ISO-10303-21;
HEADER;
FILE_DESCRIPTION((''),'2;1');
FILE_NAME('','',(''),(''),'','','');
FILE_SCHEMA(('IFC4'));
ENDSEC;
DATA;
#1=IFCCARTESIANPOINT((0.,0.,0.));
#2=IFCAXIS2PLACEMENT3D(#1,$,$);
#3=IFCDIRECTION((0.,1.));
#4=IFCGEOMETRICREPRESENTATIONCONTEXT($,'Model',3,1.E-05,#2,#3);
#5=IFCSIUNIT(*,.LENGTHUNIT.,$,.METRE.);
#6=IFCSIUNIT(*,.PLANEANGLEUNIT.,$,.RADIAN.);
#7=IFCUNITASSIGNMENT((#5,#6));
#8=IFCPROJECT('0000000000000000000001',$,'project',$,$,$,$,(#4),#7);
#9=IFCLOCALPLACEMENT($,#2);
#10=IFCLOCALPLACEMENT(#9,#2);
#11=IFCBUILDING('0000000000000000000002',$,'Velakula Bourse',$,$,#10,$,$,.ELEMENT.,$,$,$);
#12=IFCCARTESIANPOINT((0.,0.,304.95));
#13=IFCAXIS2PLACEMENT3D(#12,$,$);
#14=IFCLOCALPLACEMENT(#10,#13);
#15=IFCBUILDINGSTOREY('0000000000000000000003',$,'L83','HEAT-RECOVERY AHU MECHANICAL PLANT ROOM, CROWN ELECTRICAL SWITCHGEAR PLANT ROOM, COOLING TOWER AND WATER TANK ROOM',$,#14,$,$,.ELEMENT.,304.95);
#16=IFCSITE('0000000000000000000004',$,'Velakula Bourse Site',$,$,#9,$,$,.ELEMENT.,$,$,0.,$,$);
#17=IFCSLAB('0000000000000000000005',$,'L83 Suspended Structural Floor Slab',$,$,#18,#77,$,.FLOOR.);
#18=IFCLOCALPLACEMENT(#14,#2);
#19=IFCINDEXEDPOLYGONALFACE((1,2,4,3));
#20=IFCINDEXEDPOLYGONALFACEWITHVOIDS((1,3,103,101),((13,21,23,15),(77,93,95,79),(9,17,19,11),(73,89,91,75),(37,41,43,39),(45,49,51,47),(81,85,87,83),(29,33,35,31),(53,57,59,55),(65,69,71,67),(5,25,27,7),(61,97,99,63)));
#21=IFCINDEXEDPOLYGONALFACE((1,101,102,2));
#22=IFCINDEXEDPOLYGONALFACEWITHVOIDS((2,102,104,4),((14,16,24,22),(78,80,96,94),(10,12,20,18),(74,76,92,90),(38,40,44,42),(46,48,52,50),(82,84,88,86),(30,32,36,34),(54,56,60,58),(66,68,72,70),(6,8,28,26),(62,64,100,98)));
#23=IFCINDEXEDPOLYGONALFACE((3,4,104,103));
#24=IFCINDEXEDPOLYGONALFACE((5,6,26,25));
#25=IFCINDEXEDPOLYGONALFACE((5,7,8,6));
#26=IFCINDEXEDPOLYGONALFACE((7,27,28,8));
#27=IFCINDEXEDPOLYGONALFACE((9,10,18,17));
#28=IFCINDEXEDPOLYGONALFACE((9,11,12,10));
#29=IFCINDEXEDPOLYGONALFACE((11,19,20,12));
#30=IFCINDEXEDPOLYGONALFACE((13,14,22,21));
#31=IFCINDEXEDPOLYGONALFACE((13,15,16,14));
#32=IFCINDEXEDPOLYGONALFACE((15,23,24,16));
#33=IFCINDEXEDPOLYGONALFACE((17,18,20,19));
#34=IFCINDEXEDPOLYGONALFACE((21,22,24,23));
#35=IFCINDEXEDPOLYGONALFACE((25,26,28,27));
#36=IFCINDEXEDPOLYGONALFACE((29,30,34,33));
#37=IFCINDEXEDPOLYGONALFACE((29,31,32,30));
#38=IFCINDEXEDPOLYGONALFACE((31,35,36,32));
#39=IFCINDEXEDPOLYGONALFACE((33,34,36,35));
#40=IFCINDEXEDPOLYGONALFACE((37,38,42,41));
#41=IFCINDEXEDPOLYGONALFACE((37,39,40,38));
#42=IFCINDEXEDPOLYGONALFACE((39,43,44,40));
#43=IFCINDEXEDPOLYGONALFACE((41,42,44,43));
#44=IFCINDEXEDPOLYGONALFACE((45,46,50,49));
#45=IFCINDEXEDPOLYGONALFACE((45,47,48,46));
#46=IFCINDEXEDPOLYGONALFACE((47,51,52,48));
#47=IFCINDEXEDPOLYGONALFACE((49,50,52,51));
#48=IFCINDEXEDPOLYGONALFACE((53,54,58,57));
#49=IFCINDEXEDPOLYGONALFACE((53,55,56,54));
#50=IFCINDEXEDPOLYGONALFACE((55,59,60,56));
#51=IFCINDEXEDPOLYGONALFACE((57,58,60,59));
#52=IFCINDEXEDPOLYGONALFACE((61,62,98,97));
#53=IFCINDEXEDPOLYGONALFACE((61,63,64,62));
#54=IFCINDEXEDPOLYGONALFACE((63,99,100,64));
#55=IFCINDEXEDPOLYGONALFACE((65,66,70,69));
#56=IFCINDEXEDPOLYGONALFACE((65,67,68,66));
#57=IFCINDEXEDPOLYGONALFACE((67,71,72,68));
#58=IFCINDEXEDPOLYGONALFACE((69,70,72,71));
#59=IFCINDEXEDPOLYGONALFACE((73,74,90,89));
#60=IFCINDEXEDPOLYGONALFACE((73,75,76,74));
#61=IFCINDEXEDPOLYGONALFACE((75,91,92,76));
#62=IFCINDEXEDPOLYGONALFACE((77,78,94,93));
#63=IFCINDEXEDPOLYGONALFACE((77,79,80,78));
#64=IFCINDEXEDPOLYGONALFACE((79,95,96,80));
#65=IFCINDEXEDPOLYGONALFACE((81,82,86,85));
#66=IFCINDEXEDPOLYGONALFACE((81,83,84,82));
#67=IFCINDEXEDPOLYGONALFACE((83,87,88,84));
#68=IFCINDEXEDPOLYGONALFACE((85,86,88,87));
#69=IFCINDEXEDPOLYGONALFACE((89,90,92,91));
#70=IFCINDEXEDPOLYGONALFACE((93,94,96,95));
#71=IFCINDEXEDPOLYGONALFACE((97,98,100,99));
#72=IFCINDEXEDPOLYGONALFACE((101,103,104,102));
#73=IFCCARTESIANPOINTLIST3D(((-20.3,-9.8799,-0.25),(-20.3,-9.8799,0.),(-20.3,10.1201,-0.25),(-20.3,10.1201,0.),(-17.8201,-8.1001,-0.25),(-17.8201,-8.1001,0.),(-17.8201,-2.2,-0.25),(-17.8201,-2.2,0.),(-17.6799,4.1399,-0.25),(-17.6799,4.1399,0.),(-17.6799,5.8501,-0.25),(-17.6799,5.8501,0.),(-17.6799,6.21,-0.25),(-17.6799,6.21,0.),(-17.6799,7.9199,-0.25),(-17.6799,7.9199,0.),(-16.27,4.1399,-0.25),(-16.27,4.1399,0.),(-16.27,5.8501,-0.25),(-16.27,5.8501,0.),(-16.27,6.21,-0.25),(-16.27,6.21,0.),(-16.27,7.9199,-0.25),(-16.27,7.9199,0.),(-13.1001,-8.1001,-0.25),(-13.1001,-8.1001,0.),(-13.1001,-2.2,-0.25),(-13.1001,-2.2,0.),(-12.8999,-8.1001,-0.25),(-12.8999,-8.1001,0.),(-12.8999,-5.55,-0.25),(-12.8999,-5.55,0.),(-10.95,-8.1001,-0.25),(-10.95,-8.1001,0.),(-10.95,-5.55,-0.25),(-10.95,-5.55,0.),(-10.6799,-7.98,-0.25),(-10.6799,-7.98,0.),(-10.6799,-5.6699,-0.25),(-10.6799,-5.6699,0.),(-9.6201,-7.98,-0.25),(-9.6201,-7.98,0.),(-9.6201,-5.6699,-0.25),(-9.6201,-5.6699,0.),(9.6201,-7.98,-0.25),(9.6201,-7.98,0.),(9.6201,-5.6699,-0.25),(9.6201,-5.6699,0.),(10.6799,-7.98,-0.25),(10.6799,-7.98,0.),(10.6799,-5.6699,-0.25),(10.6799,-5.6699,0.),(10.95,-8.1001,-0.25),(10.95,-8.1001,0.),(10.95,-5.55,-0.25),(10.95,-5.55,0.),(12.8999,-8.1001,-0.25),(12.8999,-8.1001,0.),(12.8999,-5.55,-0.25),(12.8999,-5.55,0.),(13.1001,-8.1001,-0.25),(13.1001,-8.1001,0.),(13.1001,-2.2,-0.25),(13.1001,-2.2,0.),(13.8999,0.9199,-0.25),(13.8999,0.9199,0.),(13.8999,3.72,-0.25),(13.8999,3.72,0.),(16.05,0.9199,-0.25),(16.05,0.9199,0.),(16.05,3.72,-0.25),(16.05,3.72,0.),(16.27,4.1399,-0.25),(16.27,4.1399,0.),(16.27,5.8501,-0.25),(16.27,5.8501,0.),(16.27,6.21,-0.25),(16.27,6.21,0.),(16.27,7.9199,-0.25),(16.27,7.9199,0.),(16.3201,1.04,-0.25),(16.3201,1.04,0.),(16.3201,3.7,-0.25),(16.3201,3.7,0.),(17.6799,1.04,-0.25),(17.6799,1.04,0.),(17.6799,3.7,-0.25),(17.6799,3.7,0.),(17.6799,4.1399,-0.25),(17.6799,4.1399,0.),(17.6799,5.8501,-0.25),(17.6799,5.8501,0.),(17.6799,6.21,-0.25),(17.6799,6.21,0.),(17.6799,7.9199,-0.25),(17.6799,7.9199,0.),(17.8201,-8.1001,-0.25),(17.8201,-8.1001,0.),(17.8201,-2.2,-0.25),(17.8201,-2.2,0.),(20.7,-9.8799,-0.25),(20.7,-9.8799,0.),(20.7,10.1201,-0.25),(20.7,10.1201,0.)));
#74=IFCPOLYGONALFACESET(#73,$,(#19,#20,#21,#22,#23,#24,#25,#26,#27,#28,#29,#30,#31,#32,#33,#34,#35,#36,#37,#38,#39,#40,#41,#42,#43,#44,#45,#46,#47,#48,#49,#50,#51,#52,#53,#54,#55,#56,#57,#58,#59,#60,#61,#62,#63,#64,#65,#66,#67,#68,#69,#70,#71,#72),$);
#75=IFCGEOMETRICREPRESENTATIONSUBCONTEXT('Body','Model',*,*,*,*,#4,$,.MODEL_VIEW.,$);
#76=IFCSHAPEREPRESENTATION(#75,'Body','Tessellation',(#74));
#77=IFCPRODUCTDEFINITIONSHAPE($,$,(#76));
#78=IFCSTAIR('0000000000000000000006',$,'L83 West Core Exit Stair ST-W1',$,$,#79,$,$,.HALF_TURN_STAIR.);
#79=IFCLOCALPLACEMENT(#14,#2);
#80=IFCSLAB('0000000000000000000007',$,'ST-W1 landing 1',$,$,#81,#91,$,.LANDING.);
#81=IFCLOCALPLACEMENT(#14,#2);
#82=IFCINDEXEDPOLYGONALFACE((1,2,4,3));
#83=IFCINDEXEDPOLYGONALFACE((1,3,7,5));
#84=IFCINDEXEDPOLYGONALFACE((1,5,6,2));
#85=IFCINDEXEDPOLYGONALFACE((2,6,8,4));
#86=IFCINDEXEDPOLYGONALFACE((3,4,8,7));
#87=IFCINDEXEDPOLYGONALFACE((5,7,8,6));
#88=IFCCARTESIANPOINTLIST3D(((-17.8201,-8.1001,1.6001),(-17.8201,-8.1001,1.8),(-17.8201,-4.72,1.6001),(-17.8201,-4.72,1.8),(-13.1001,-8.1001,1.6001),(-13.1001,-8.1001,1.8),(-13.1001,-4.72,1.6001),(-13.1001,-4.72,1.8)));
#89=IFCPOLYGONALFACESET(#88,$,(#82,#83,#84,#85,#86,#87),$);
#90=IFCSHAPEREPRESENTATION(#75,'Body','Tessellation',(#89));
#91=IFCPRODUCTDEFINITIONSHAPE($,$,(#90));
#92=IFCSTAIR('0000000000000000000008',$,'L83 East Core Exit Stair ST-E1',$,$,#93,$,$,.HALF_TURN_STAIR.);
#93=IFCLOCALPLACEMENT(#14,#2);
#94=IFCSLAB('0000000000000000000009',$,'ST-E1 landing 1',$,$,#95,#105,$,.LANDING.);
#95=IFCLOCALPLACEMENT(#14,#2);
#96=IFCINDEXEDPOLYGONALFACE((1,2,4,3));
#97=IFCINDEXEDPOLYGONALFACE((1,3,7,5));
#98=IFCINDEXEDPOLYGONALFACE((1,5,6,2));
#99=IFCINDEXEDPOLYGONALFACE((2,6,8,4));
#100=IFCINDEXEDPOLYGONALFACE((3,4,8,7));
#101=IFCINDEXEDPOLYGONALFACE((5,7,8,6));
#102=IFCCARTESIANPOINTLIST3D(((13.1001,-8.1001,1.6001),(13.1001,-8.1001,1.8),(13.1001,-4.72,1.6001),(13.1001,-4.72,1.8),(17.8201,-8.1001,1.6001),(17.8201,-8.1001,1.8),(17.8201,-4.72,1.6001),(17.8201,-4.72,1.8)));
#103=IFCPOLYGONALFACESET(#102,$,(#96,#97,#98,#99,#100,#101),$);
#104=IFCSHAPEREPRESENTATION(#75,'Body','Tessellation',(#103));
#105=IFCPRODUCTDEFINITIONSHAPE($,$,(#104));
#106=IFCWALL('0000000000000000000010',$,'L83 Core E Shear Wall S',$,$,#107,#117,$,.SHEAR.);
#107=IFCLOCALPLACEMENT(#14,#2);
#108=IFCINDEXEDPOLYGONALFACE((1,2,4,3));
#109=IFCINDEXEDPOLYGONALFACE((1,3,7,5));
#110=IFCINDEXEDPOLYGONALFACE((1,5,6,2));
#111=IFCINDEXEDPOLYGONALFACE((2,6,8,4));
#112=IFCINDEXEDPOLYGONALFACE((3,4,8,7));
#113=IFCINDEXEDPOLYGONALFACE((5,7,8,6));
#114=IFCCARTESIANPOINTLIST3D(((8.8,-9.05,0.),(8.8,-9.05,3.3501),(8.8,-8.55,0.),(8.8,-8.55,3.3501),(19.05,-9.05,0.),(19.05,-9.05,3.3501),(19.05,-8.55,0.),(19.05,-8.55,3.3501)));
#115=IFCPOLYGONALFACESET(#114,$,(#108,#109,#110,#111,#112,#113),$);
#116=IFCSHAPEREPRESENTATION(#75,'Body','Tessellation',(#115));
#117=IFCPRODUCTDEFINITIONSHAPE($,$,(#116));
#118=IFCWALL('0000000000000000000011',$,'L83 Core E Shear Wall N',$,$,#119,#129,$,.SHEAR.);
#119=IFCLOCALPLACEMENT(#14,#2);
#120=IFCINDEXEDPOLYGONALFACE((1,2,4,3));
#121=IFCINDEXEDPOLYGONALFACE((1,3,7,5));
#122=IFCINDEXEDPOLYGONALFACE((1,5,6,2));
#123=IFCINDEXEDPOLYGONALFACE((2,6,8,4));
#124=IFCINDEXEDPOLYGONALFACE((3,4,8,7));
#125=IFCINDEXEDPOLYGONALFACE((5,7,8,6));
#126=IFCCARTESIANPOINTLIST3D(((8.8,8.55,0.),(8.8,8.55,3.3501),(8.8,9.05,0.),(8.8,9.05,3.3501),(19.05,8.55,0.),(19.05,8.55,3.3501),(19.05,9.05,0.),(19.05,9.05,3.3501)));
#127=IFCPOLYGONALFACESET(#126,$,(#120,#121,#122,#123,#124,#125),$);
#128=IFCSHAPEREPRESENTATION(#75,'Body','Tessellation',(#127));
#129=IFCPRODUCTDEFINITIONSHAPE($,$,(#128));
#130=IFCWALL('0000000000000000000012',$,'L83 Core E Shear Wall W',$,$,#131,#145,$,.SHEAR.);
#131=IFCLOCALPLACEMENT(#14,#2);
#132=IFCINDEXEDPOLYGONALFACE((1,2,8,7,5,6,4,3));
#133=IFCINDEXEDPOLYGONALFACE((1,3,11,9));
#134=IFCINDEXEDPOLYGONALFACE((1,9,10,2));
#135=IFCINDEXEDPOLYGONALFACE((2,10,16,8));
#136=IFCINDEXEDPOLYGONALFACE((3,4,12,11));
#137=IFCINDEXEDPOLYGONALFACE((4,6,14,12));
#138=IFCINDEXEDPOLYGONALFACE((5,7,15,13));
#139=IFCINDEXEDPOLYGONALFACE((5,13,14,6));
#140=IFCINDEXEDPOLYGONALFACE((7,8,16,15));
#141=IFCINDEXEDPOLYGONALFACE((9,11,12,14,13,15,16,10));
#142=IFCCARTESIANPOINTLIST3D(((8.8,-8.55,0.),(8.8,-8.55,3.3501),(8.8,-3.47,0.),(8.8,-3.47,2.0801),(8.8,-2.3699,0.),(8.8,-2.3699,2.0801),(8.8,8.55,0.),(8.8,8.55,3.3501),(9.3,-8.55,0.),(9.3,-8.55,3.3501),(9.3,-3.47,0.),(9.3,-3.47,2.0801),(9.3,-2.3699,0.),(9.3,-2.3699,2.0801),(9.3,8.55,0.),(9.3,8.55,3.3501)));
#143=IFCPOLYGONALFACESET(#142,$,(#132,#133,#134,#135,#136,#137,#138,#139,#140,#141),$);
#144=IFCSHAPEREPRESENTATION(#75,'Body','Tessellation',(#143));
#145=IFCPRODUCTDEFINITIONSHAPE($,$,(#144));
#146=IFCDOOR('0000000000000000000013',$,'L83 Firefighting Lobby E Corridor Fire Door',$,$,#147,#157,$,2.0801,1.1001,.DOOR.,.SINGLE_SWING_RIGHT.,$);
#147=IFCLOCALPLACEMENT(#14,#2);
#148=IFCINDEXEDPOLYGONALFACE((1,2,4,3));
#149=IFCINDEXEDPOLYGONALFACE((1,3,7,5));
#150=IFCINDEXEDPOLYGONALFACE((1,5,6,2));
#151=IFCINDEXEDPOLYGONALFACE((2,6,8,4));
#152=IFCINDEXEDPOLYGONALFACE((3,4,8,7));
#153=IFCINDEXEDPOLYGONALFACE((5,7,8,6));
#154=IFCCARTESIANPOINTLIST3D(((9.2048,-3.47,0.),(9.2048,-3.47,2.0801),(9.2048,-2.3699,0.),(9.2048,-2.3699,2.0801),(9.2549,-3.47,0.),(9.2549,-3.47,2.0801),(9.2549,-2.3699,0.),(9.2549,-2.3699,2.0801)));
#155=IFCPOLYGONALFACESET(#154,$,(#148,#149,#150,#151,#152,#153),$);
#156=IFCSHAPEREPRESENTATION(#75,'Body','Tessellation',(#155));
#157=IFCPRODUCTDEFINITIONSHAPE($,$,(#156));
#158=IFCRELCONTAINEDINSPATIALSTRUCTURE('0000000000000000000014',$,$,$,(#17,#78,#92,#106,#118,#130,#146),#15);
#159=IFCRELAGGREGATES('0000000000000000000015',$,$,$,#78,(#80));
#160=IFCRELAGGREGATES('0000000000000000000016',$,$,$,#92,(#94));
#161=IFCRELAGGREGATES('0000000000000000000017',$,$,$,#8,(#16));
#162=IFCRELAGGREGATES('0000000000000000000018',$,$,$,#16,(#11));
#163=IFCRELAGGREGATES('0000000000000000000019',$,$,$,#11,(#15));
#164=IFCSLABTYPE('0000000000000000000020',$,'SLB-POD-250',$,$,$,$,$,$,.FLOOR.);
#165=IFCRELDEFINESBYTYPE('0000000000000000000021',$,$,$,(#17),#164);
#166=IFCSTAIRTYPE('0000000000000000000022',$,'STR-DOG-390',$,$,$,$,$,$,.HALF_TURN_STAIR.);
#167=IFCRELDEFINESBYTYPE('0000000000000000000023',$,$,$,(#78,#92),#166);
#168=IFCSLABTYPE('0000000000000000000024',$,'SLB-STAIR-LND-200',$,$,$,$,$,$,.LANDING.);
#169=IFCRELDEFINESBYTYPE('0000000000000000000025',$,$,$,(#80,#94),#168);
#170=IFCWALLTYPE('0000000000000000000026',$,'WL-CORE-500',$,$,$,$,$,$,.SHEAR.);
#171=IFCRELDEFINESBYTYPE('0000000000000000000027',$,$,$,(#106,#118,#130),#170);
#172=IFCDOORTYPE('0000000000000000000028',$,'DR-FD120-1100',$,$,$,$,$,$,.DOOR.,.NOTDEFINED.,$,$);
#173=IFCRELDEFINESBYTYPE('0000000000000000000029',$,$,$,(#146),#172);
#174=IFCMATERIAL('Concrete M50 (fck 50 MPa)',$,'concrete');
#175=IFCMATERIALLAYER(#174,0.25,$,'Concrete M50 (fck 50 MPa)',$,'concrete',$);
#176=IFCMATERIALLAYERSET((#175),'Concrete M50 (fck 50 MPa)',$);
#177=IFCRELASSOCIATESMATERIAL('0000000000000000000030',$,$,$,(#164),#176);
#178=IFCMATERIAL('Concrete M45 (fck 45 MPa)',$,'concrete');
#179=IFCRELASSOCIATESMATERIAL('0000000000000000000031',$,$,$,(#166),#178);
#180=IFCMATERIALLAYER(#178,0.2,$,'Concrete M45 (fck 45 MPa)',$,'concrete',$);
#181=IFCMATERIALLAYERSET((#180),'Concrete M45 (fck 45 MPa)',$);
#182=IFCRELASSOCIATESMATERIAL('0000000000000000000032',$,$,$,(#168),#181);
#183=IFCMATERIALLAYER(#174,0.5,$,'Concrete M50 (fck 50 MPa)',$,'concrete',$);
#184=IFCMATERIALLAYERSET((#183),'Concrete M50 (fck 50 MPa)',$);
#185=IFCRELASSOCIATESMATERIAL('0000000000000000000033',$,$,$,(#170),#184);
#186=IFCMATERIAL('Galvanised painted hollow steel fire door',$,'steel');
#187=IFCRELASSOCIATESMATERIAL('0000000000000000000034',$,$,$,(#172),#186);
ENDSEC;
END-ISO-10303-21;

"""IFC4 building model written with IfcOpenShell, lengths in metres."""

from ifc_helpers import new_model, si_unit, direction, frame, frame_2d, origin, place, context, subcontext, project, spatial, polyline, rectangle, outline, extrude, material, layer, layer_set, type_object, element, fill, aggregate, save


model = new_model("IFC4")

# Units and contexts
model_context = context("Model", 3, precision=1e-05, world=origin(), true_north=direction((0.0, 1.0)))
body_context = subcontext(model_context, "Body", "Model", "MODEL_VIEW")
ifc_project = project(units=[si_unit("LENGTHUNIT", "METRE"), si_unit("PLANEANGLEUNIT", "RADIAN")], contexts=[model_context])

# Site, building, storey
site_placement = place(None, origin())
site = spatial("IfcSite", under=ifc_project, at=site_placement, Name="Velakula Bourse Site", CompositionType="ELEMENT", RefElevation=0.0)
building_placement = place(site_placement, origin())
building = spatial("IfcBuilding", under=site, at=building_placement, Name="Velakula Bourse", CompositionType="ELEMENT")
storey_placement = place(building_placement, frame((0.0, 0.0, 304.95)))
storey = spatial("IfcBuildingStorey", under=building, at=storey_placement, Name="L83", Description="HEAT-RECOVERY AHU MECHANICAL PLANT ROOM, CROWN ELECTRICAL SWITCHGEAR PLANT ROOM, COOLING TOWER AND WATER TANK ROOM", CompositionType="ELEMENT", Elevation=304.95)

# Shared definitions
ifc_material_1 = material(Name="Concrete M50 (fck 50 MPa)", Category="concrete")

# Slab
ifc_layer_1 = layer(ifc_material_1, 0.25, Name="Concrete M50 (fck 50 MPa)", Category="concrete")
ifc_layer_set_1 = layer_set([ifc_layer_1], Name="Concrete M50 (fck 50 MPa)")
slab_type_1 = type_object("IfcSlabType", Name="SLB-POD-250", PredefinedType="FLOOR", material=ifc_layer_set_1)
slab_1_placement = place(storey_placement, frame((0.0, 0.0, -0.25)))
element("IfcSlab", 1, at=slab_1_placement, inside=storey, type_object=slab_type_1, Name="L83 Suspended Structural Floor Slab", PredefinedType="FLOOR", context=body_context, shape_type="SweptSolid", body=[
    extrude(outline(polyline([(-20.3, -9.8799), (20.7, -9.8799), (20.7, 10.1201), (-20.3, 10.1201), (-20.3, -9.8799)]), holes=[polyline([(-17.8201, -8.1001), (-13.1001, -8.1001), (-13.1001, -2.2), (-17.8201, -2.2), (-17.8201, -8.1001)]), polyline([(13.1001, -8.1001), (17.8201, -8.1001), (17.8201, -2.2), (13.1001, -2.2), (13.1001, -8.1001)]), polyline([(-12.8999, -8.1001), (-10.95, -8.1001), (-10.95, -5.55), (-12.8999, -5.55), (-12.8999, -8.1001)]), polyline([(10.95, -8.1001), (12.8999, -8.1001), (12.8999, -5.55), (10.95, -5.55), (10.95, -8.1001)]), polyline([(13.8999, 0.9199), (16.05, 0.9199), (16.05, 3.72), (13.8999, 3.72), (13.8999, 0.9199)]), polyline([(-10.6799, -7.98), (-9.6201, -7.98), (-9.6201, -5.6699), (-10.6799, -5.6699), (-10.6799, -7.98)]), polyline([(-17.6799, 4.1399), (-16.27, 4.1399), (-16.27, 5.8501), (-17.6799, 5.8501), (-17.6799, 4.1399)]), polyline([(-17.6799, 6.21), (-16.27, 6.21), (-16.27, 7.9199), (-17.6799, 7.9199), (-17.6799, 6.21)]), polyline([(9.6201, -7.98), (10.6799, -7.98), (10.6799, -5.6699), (9.6201, -5.6699), (9.6201, -7.98)]), polyline([(16.27, 4.1399), (17.6799, 4.1399), (17.6799, 5.8501), (16.27, 5.8501), (16.27, 4.1399)]), polyline([(16.27, 6.21), (17.6799, 6.21), (17.6799, 7.9199), (16.27, 7.9199), (16.27, 6.21)]), polyline([(16.3201, 1.04), (17.6799, 1.04), (17.6799, 3.7), (16.3201, 3.7), (16.3201, 1.04)])]), origin(), (0.0, 0.0, 1.0), 0.25),
])

# Stairs, slabs
ifc_material_2 = material(Name="Concrete M45 (fck 45 MPa)", Category="concrete")
stair_type = type_object("IfcStairType", Name="STR-DOG-390", PredefinedType="HALF_TURN_STAIR", material=ifc_material_2)
stair_1_placement = place(storey_placement, origin())
stair_1 = element("IfcStair", 2, at=stair_1_placement, inside=storey, type_object=stair_type, Name="L83 West Core Exit Stair ST-W1", PredefinedType="HALF_TURN_STAIR")
ifc_layer_2 = layer(ifc_material_2, 0.2, Name="Concrete M45 (fck 45 MPa)", Category="concrete")
ifc_layer_set_2 = layer_set([ifc_layer_2], Name="Concrete M45 (fck 45 MPa)")
slab_type_2 = type_object("IfcSlabType", Name="SLB-STAIR-LND-200", PredefinedType="LANDING", material=ifc_layer_set_2)
slab_2_placement = place(storey_placement, frame((0.0, 0.0, 1.6001)))
slab_2 = element("IfcSlab", 3, at=slab_2_placement, type_object=slab_type_2, Name="ST-W1 landing 1", PredefinedType="LANDING", context=body_context, shape_type="SweptSolid", body=[
    extrude(outline(polyline([(-17.8201, -4.72), (-17.8201, -8.1001), (-13.1001, -8.1001), (-13.1001, -4.72), (-17.8201, -4.72)])), origin(), (0.0, 0.0, 1.0), 0.2),
])
aggregate(stair_1, [slab_2])
stair_2_placement = place(storey_placement, origin())
stair_2 = element("IfcStair", 4, at=stair_2_placement, inside=storey, type_object=stair_type, Name="L83 East Core Exit Stair ST-E1", PredefinedType="HALF_TURN_STAIR")
slab_3_placement = place(storey_placement, frame((0.0, 0.0, 1.6001)))
slab_3 = element("IfcSlab", 5, at=slab_3_placement, type_object=slab_type_2, Name="ST-E1 landing 1", PredefinedType="LANDING", context=body_context, shape_type="SweptSolid", body=[
    extrude(outline(polyline([(13.1001, -4.72), (13.1001, -8.1001), (17.8201, -8.1001), (17.8201, -4.72), (13.1001, -4.72)])), origin(), (0.0, 0.0, 1.0), 0.2),
])
aggregate(stair_2, [slab_3])

# Walls
ifc_layer_3 = layer(ifc_material_1, 0.5, Name="Concrete M50 (fck 50 MPa)", Category="concrete")
ifc_layer_set_3 = layer_set([ifc_layer_3], Name="Concrete M50 (fck 50 MPa)")
wall_type_1 = type_object("IfcWallType", Name="WL-CORE-500", PredefinedType="SHEAR", material=ifc_layer_set_3)
for number, where, z_axis, x_axis, name in (
    (6, (8.8, -8.8, 0.0), (0.0, 0.0, 1.0), (1.0, 0.0, 0.0), "L83 Core E Shear Wall S"),
    (7, (8.8, 8.8, 0.0), (0.0, 0.0, 1.0), (1.0, 0.0, 0.0), "L83 Core E Shear Wall N"),
):
    element("IfcWall", number, at=place(storey_placement, frame(where, z_axis=z_axis, x_axis=x_axis)), inside=storey, type_object=wall_type_1, Name=name, PredefinedType="SHEAR", context=body_context, shape_type="SweptSolid", body=[
        extrude(rectangle(XDim=10.25, YDim=0.5, at=frame_2d((5.125, 0.0))), origin(), (0.0, 0.0, 1.0), 3.3501),
    ])

# Wall, opening, door
wall_1_placement = place(storey_placement, frame((9.05, -8.55, 0.0), z_axis=(0.0, 0.0, 1.0), x_axis=(0.0, 1.0, 0.0)))
wall_1 = element("IfcWall", 8, at=wall_1_placement, inside=storey, type_object=wall_type_1, Name="L83 Core E Shear Wall W", PredefinedType="SHEAR", context=body_context, shape_type="SweptSolid", body=[
    extrude(rectangle(XDim=17.1001, YDim=0.5, at=frame_2d((8.55, 0.0))), origin(), (0.0, 0.0, 1.0), 3.3501),
])
opening_1_placement = place(wall_1_placement, frame((5.0801, 0.0, 0.0)))
opening_1 = element("IfcOpeningElement", 9, at=opening_1_placement, cuts=wall_1, PredefinedType="OPENING", context=body_context, shape_type="SweptSolid", body=[
    extrude(rectangle(XDim=1.1001, YDim=2.0801, at=frame_2d((0.55, 1.04))), frame((0.0, 0.26, 0.0), z_axis=(0.0, -1.0, 0.0), x_axis=(1.0, 0.0, 0.0)), (0.0, 0.0, 1.0), 0.52),
])
ifc_material_3 = material(Name="Galvanised painted hollow steel fire door", Category="steel")
door_type_1 = type_object("IfcDoorType", Name="DR-FD120-1100", OperationType="NOTDEFINED", PredefinedType="DOOR", material=ifc_material_3)
door_1_placement = place(opening_1_placement, origin())
door_1 = element("IfcDoor", 10, at=door_1_placement, inside=storey, type_object=door_type_1, Name="L83 Firefighting Lobby E Corridor Fire Door", OperationType="SINGLE_SWING_RIGHT", OverallHeight=2.0801, OverallWidth=1.1001, PredefinedType="DOOR", context=body_context, shape_type="SweptSolid", body=[
    extrude(rectangle(XDim=1.1001, YDim=2.0801, at=frame_2d((0.55, 1.04))), frame((0.0, -0.1548, 0.0), z_axis=(0.0, -1.0, 0.0), x_axis=(1.0, 0.0, 0.0)), (0.0, 0.0, 1.0), 0.05),
])
fill(opening_1, door_1)

save(model, "model.ifc")
